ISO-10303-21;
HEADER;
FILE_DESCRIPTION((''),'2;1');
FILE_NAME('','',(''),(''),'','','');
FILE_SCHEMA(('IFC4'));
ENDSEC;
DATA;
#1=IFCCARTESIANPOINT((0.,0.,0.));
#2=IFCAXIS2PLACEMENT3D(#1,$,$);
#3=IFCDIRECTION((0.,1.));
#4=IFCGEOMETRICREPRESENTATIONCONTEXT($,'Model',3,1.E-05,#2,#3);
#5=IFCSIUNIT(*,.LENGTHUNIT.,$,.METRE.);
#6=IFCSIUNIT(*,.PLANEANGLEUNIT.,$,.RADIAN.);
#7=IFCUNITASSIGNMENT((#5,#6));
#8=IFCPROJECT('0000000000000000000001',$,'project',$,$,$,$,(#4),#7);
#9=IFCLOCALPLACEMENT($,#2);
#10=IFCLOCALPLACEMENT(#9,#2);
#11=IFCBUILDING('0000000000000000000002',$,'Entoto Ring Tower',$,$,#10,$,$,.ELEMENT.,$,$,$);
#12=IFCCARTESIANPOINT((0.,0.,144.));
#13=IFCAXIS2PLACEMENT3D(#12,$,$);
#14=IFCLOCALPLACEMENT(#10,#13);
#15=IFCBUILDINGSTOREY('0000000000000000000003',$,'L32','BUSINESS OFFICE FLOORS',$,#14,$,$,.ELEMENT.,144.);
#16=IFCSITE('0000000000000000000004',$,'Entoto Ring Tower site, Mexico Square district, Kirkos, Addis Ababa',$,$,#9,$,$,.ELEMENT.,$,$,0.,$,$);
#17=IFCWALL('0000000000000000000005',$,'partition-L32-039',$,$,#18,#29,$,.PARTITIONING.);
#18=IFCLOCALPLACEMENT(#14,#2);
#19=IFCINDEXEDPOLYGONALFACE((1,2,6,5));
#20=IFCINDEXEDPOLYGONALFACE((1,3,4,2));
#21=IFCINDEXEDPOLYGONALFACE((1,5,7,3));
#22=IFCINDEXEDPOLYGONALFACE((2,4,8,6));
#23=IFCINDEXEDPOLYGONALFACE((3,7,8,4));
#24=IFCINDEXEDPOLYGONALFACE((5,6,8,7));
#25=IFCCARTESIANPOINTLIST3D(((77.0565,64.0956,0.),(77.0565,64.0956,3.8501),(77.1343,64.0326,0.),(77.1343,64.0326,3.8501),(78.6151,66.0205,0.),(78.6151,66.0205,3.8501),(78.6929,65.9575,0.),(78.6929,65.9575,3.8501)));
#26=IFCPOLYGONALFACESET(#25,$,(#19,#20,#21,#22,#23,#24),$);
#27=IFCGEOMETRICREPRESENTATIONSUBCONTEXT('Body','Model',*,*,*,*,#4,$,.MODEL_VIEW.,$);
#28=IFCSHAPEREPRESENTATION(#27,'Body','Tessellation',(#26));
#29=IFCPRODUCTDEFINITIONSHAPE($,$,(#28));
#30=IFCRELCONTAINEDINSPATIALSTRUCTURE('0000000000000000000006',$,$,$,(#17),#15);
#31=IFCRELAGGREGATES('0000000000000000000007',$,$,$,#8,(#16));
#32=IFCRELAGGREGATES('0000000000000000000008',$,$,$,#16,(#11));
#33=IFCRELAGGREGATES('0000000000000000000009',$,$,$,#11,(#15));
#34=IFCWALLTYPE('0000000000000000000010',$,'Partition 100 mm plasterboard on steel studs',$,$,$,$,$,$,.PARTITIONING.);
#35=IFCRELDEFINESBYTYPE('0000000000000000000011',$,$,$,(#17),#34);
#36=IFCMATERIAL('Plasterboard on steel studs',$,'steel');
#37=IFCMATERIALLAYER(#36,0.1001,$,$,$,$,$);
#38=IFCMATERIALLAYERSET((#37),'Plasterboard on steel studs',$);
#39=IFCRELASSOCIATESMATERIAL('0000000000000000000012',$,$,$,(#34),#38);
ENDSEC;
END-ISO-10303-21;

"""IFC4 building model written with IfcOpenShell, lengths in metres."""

from ifc_helpers import new_model, si_unit, direction, frame, frame_2d, origin, place, context, subcontext, project, spatial, rectangle, extrude, material, layer, layer_set, type_object, element, save


model = new_model("IFC4")

# Units and contexts
model_context = context("Model", 3, precision=1e-05, world=origin(), true_north=direction((0.0, 1.0)))
body_context = subcontext(model_context, "Body", "Model", "MODEL_VIEW")
ifc_project = project(units=[si_unit("LENGTHUNIT", "METRE"), si_unit("PLANEANGLEUNIT", "RADIAN")], contexts=[model_context])

# Site, building, storey
site_placement = place(None, origin())
site = spatial("IfcSite", under=ifc_project, at=site_placement, Name="Entoto Ring Tower site, Mexico Square district, Kirkos, Addis Ababa", CompositionType="ELEMENT", RefElevation=0.0)
building_placement = place(site_placement, origin())
building = spatial("IfcBuilding", under=site, at=building_placement, Name="Entoto Ring Tower", CompositionType="ELEMENT")
storey_placement = place(building_placement, frame((0.0, 0.0, 144.0)))
storey = spatial("IfcBuildingStorey", under=building, at=storey_placement, Name="L32", Description="BUSINESS OFFICE FLOORS", CompositionType="ELEMENT", Elevation=144.0)

# Shared definitions
ifc_material_1 = material(Name="Plasterboard on steel studs", Category="steel")
ifc_layer_1 = layer(ifc_material_1, 0.1001)
ifc_layer_set_1 = layer_set([ifc_layer_1], Name="Plasterboard on steel studs")
wall_type_1 = type_object("IfcWallType", Name="Partition 100 mm plasterboard on steel studs", PredefinedType="PARTITIONING", material=ifc_layer_set_1)

# Wall
wall_1_placement = place(storey_placement, frame((77.0955, 64.0642, 0.0), z_axis=(0.0, 0.0, 1.0), x_axis=(0.6293, 0.777162, 0.0)))
element("IfcWall", 1, at=wall_1_placement, inside=storey, type_object=wall_type_1, Name="partition-L32-039", PredefinedType="PARTITIONING", context=body_context, shape_type="SweptSolid", body=[
    extrude(rectangle(XDim=2.4768, YDim=0.1001, at=frame_2d((1.2383, 0.0))), origin(), (0.0, 0.0, 1.0), 3.8501),
])

save(model, "model.ifc")
